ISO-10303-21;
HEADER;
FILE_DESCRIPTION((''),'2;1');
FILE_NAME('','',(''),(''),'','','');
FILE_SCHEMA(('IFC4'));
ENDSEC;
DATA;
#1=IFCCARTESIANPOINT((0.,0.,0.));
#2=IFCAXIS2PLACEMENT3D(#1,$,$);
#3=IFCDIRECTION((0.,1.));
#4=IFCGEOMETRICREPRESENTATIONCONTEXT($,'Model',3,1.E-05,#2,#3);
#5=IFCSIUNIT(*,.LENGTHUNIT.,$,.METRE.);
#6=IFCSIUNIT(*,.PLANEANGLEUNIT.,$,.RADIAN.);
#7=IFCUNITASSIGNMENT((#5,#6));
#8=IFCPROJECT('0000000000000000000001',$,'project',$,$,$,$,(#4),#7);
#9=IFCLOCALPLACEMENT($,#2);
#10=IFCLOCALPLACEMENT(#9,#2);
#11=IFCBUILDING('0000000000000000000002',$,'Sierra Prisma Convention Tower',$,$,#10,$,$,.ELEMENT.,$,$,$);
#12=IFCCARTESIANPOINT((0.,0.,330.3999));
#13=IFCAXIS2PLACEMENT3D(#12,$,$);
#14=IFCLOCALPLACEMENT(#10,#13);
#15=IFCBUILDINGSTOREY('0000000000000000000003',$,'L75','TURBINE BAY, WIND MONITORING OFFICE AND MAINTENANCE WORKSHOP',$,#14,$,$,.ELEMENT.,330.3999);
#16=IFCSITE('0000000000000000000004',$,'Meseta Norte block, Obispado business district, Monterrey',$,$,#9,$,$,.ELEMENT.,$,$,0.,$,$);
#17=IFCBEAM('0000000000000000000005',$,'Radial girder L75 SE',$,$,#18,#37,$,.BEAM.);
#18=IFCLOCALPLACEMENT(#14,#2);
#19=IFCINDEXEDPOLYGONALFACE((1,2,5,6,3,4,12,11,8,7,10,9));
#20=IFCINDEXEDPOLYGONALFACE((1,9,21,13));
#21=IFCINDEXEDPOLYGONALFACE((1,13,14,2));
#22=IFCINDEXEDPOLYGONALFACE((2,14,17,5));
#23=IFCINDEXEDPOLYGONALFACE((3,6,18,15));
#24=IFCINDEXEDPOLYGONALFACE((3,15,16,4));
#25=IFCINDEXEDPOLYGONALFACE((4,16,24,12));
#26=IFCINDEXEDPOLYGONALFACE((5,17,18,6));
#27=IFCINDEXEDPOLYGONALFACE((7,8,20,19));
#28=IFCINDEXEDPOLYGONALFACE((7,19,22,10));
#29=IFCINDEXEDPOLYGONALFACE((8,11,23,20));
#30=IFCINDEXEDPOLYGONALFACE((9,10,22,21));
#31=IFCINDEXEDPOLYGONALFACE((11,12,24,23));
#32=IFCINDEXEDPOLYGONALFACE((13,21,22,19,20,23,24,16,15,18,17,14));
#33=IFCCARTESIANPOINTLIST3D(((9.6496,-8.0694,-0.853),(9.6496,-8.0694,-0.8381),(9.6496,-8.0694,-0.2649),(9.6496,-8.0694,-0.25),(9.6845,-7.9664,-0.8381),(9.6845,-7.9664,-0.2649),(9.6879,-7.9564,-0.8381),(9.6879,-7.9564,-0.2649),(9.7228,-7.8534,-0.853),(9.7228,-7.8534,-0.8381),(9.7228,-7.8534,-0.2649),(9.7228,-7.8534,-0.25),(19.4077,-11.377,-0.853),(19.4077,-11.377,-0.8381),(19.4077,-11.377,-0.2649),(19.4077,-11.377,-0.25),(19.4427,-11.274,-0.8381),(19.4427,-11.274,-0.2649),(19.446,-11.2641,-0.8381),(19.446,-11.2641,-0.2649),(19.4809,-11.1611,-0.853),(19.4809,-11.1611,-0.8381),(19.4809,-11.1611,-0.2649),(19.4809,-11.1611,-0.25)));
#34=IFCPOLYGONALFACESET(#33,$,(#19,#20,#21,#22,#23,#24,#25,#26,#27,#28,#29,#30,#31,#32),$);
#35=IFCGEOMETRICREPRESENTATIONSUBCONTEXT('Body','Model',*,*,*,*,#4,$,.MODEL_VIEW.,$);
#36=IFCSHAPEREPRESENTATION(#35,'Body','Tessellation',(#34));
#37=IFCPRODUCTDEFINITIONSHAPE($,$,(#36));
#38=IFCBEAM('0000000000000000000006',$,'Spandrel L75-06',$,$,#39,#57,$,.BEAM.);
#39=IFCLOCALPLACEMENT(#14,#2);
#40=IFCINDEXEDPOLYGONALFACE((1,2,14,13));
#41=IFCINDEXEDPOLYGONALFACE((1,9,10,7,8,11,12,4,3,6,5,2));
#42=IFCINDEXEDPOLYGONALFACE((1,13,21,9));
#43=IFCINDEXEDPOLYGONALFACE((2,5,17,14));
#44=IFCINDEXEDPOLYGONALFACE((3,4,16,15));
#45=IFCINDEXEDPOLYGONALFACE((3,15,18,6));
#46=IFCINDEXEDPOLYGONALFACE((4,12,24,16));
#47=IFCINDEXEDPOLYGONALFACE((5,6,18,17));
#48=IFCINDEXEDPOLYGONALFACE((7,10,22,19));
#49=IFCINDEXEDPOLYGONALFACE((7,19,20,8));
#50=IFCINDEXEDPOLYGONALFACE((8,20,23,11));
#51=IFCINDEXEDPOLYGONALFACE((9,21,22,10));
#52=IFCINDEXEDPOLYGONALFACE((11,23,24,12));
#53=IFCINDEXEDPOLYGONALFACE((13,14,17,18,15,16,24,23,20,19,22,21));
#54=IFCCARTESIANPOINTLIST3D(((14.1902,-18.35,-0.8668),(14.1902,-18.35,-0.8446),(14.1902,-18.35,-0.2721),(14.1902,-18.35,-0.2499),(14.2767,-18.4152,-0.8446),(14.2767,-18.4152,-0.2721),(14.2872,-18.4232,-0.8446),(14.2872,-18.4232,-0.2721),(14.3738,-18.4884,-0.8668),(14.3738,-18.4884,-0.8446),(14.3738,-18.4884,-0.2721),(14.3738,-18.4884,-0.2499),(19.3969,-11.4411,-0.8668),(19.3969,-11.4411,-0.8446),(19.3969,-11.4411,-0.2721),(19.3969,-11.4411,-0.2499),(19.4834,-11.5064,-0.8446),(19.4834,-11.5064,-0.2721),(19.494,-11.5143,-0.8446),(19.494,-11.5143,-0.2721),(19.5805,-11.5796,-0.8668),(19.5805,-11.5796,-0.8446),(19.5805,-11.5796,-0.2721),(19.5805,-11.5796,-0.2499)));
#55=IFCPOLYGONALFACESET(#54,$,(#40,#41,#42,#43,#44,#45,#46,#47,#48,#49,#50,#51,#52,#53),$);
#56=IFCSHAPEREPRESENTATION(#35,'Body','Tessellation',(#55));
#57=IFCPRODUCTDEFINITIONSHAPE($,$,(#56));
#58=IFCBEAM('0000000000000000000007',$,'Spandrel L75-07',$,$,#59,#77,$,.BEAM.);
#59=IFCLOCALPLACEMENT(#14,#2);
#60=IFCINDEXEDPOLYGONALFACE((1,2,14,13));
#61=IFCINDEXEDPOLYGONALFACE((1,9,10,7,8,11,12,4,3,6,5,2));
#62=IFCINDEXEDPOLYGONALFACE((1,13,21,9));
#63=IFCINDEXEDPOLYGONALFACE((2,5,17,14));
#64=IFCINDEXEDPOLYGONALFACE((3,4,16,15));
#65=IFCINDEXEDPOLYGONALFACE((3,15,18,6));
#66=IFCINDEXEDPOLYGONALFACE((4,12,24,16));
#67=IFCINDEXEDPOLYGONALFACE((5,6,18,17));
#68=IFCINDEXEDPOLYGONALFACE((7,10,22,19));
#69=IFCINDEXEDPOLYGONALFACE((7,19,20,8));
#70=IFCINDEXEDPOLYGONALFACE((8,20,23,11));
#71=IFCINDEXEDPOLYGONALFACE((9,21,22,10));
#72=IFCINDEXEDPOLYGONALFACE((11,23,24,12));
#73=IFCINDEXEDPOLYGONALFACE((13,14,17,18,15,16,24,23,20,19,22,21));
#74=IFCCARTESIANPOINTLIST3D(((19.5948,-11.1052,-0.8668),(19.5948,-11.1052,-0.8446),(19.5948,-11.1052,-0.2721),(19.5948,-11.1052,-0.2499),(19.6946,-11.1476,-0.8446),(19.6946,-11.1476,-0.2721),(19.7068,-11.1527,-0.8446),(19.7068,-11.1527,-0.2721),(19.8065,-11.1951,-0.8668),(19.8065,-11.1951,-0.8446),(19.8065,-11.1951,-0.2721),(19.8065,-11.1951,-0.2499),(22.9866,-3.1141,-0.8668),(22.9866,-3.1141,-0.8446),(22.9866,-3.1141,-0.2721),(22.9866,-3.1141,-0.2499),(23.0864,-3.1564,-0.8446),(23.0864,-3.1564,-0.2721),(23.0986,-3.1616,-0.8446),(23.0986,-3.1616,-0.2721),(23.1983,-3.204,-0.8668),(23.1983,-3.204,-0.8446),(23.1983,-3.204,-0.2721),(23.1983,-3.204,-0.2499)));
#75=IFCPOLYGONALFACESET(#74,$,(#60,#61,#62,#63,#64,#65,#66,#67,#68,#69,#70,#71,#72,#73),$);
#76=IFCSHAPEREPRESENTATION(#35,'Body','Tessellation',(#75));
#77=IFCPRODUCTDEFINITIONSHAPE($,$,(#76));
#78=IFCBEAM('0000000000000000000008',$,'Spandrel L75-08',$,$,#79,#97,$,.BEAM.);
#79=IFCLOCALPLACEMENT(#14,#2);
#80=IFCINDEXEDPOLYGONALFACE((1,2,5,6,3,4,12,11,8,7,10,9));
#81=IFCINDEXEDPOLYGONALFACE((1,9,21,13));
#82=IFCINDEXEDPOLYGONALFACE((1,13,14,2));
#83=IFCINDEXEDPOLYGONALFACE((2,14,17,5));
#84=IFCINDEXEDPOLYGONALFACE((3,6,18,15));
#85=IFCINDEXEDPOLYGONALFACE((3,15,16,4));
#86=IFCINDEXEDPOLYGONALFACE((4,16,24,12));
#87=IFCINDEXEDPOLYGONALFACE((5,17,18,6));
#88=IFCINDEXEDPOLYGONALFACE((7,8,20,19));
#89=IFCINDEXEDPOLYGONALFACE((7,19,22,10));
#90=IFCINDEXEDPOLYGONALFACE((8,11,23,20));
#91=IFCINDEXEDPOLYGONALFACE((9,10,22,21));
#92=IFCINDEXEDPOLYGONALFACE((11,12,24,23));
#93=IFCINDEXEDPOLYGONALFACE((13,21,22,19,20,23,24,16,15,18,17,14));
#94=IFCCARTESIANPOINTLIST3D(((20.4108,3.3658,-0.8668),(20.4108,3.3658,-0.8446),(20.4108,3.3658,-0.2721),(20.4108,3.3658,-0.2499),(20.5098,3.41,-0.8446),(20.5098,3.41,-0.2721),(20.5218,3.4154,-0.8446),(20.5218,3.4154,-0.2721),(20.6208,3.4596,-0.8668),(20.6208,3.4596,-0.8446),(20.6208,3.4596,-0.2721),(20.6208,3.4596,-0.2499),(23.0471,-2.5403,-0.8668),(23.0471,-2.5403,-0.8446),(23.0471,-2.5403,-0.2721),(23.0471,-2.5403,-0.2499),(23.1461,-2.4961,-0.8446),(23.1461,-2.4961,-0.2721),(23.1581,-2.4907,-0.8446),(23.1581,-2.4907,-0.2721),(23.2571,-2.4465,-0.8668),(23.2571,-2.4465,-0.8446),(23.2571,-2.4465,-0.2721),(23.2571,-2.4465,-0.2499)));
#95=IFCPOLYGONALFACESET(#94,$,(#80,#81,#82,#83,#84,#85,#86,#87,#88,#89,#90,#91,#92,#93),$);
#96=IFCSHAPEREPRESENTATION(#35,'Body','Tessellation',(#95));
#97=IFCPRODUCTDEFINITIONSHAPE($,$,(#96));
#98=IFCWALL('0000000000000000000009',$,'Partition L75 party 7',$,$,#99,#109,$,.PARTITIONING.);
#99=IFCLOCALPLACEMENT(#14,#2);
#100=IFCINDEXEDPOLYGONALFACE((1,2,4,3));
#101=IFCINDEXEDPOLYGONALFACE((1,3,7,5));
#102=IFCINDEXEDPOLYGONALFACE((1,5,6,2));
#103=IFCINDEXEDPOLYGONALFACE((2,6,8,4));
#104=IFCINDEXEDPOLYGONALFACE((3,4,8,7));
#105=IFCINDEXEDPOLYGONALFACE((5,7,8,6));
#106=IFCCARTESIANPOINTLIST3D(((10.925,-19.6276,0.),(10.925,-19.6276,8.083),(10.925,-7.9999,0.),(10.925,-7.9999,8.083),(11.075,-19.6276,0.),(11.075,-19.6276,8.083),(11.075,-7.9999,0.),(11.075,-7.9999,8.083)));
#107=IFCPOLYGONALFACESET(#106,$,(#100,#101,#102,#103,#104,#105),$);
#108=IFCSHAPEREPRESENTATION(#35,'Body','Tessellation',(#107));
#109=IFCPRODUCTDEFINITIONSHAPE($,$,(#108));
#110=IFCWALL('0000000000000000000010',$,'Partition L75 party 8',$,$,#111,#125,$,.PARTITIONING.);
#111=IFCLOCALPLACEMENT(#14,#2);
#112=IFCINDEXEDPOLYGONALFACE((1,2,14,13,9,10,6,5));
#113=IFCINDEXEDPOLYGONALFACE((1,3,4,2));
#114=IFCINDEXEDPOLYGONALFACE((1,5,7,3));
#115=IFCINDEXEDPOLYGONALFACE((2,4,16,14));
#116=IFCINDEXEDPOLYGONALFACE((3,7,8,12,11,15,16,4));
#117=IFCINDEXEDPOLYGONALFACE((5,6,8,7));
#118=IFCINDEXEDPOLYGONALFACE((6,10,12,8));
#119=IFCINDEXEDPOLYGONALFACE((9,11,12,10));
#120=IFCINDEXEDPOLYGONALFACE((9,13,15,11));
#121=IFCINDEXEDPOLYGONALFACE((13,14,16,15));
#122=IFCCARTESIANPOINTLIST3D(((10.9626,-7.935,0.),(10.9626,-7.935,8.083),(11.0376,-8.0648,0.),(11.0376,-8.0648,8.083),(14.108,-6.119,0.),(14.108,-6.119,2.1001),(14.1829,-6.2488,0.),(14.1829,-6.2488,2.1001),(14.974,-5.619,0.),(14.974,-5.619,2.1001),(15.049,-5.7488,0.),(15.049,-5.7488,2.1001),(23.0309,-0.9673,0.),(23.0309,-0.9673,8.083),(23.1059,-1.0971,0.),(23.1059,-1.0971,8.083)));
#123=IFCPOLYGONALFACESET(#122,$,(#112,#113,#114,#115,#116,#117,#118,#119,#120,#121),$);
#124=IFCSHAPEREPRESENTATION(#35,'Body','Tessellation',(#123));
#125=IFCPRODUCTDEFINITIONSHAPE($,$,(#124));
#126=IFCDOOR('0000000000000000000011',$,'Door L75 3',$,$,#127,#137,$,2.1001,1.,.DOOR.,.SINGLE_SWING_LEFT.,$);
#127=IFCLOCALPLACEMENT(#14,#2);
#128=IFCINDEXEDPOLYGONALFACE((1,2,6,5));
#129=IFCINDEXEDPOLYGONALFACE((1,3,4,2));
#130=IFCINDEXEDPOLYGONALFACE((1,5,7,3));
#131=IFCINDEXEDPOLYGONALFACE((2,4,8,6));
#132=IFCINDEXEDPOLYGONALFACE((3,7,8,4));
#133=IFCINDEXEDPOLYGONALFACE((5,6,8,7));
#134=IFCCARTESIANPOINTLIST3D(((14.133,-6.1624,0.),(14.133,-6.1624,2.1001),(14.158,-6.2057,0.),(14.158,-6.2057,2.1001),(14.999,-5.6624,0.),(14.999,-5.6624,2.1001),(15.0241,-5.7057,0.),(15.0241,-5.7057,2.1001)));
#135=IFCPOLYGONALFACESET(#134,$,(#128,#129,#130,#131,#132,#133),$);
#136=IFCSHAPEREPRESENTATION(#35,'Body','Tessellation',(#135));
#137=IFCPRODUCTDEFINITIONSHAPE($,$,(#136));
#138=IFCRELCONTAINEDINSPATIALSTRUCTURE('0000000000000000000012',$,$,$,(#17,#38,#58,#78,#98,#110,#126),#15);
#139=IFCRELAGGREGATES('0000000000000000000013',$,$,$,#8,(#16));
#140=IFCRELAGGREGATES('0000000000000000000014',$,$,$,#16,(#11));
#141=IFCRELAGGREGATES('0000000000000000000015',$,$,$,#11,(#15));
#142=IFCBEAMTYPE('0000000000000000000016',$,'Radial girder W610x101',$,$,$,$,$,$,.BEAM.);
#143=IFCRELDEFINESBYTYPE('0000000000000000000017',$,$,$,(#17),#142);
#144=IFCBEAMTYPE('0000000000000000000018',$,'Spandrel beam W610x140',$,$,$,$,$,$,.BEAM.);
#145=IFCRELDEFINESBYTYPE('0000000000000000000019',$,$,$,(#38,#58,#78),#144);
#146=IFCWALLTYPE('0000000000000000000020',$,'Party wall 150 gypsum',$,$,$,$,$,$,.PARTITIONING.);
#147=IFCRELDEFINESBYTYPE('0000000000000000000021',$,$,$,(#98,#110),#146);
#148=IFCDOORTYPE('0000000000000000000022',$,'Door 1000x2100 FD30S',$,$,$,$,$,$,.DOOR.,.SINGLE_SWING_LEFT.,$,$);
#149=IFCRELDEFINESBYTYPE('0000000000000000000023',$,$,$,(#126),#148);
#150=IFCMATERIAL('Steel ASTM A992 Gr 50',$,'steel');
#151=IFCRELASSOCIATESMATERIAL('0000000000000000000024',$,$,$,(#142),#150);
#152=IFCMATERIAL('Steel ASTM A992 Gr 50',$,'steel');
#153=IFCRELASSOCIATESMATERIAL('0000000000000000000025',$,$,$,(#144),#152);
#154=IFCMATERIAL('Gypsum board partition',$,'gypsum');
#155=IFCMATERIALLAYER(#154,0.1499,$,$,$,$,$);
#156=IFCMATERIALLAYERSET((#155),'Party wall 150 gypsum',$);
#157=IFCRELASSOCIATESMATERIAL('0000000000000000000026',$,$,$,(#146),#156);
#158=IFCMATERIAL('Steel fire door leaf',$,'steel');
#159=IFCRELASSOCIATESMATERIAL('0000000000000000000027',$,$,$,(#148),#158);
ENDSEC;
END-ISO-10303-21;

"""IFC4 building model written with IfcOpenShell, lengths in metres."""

from ifc_helpers import new_model, si_unit, direction, frame, frame_2d, origin, origin_2d, place, context, subcontext, project, spatial, rectangle, i_section, extrude, material, layer, layer_set, material_profile, profile_set, type_object, element, fill, save


model = new_model("IFC4")

# Units and contexts
model_context = context("Model", 3, precision=1e-05, world=origin(), true_north=direction((0.0, 1.0)))
body_context = subcontext(model_context, "Body", "Model", "MODEL_VIEW")
ifc_project = project(units=[si_unit("LENGTHUNIT", "METRE"), si_unit("PLANEANGLEUNIT", "RADIAN")], contexts=[model_context])

# Site, building, storey
site_placement = place(None, origin())
site = spatial("IfcSite", under=ifc_project, at=site_placement, Name="Meseta Norte block, Obispado business district, Monterrey", CompositionType="ELEMENT", RefElevation=0.0)
building_placement = place(site_placement, origin())
building = spatial("IfcBuilding", under=site, at=building_placement, Name="Sierra Prisma Convention Tower", CompositionType="ELEMENT")
storey_placement = place(building_placement, frame((0.0, 0.0, 330.3999)))
storey = spatial("IfcBuildingStorey", under=building, at=storey_placement, Name="L75", Description="TURBINE BAY, WIND MONITORING OFFICE AND MAINTENANCE WORKSHOP", CompositionType="ELEMENT", Elevation=330.3999)

# Beams
ifc_material_1 = material(Name="Steel ASTM A992 Gr 50", Category="steel")
ifc_material_profile_1 = material_profile(ifc_material_1, i_section(OverallWidth=0.228, OverallDepth=0.603, WebThickness=0.0105, FlangeThickness=0.0149, at=origin_2d()), Name="W610x101")
ifc_profile_set_1 = profile_set([ifc_material_profile_1], Name="Steel ASTM A992 Gr 50")
beam_type_1 = type_object("IfcBeamType", Name="Radial girder W610x101", PredefinedType="BEAM", material=ifc_profile_set_1)
beam_1_placement = place(storey_placement, frame((19.4443, -11.269, -0.5515), z_axis=(-0.947072, 0.321022, 0.0), x_axis=(-0.321022, -0.947072, 0.0)))
element("IfcBeam", 1, at=beam_1_placement, inside=storey, type_object=beam_type_1, Name="Radial girder L75 SE", PredefinedType="BEAM", context=body_context, shape_type="SweptSolid", body=[
    extrude(i_section(OverallWidth=0.228, OverallDepth=0.603, WebThickness=0.0105, FlangeThickness=0.0149, at=origin_2d()), origin(), (0.0, 0.0, 1.0), 10.3035),
])
ifc_material_2 = material(Name="Steel ASTM A992 Gr 50", Category="steel")
ifc_material_profile_2 = material_profile(ifc_material_2, i_section(OverallWidth=0.23, OverallDepth=0.6169, WebThickness=0.0132, FlangeThickness=0.0222, at=origin_2d()), Name="W610x140")
ifc_profile_set_2 = profile_set([ifc_material_profile_2], Name="Steel ASTM A992 Gr 50")
beam_type_2 = type_object("IfcBeamType", Name="Spandrel beam W610x140", PredefinedType="BEAM", material=ifc_profile_set_2)
beam_2_placement = place(storey_placement, frame((14.282, -18.4192, -0.5583), z_axis=(0.601854, 0.798606, 0.0), x_axis=(-0.798606, 0.601854, 0.0)))
element("IfcBeam", 2, at=beam_2_placement, inside=storey, type_object=beam_type_2, Name="Spandrel L75-06", PredefinedType="BEAM", context=body_context, shape_type="SweptSolid", body=[
    extrude(i_section(OverallWidth=0.23, OverallDepth=0.6169, WebThickness=0.0132, FlangeThickness=0.0222, at=origin_2d()), origin(), (0.0, 0.0, 1.0), 8.6511),
])
beam_3_placement = place(storey_placement, frame((19.7007, -11.1501, -0.5583), z_axis=(0.390709, 0.920514, 0.0), x_axis=(-0.920514, 0.390709, 0.0)))
element("IfcBeam", 3, at=beam_3_placement, inside=storey, type_object=beam_type_2, Name="Spandrel L75-07", PredefinedType="BEAM", context=body_context, shape_type="SweptSolid", body=[
    extrude(i_section(OverallWidth=0.23, OverallDepth=0.6169, WebThickness=0.0132, FlangeThickness=0.0222, at=origin_2d()), origin(), (0.0, 0.0, 1.0), 8.6812),
])
beam_4_placement = place(storey_placement, frame((23.1521, -2.4934, -0.5583), z_axis=(-0.407602, 0.91316, 0.0), x_axis=(-0.91316, -0.407602, 0.0)))
element("IfcBeam", 4, at=beam_4_placement, inside=storey, type_object=beam_type_2, Name="Spandrel L75-08", PredefinedType="BEAM", context=body_context, shape_type="SweptSolid", body=[
    extrude(i_section(OverallWidth=0.23, OverallDepth=0.6169, WebThickness=0.0132, FlangeThickness=0.0222, at=origin_2d()), origin(), (0.0, 0.0, 1.0), 6.4678),
])

# Wall
ifc_material_3 = material(Name="Gypsum board partition", Category="gypsum")
ifc_layer = layer(ifc_material_3, 0.1499)
ifc_layer_set = layer_set([ifc_layer], Name="Party wall 150 gypsum")
wall_type = type_object("IfcWallType", Name="Party wall 150 gypsum", PredefinedType="PARTITIONING", material=ifc_layer_set)
wall_1_placement = place(storey_placement, frame((11.0, -19.6277, 0.0), z_axis=(0.0, 0.0, 1.0), x_axis=(0.0, 1.0, 0.0)))
element("IfcWall", 5, at=wall_1_placement, inside=storey, type_object=wall_type, Name="Partition L75 party 7", PredefinedType="PARTITIONING", context=body_context, shape_type="SweptSolid", body=[
    extrude(rectangle(XDim=11.6277, YDim=0.1499, at=frame_2d((5.814, 0.0))), origin(), (0.0, 0.0, 1.0), 8.083),
])

# Wall, opening, door
wall_2_placement = place(storey_placement, frame((11.0, -8.0, 0.0), z_axis=(0.0, 0.0, 1.0), x_axis=(0.866022, 0.500006, 0.0)))
wall_2 = element("IfcWall", 6, at=wall_2_placement, inside=storey, type_object=wall_type, Name="Partition L75 party 8", PredefinedType="PARTITIONING", context=body_context, shape_type="SweptSolid", body=[
    extrude(rectangle(XDim=13.9353, YDim=0.1499, at=frame_2d((6.9678, 0.0))), origin(), (0.0, 0.0, 1.0), 8.083),
])
opening_placement = place(wall_2_placement, frame((3.6321, 0.0, 0.0)))
opening = element("IfcOpeningElement", 7, at=opening_placement, cuts=wall_2, PredefinedType="OPENING", context=body_context, shape_type="SweptSolid", body=[
    extrude(rectangle(XDim=1.0, YDim=2.1001, at=frame_2d((0.5, 1.05))), frame((0.0, 0.075, 0.0), z_axis=(0.0, -1.0, 0.0), x_axis=(1.0, 0.0, 0.0)), (0.0, 0.0, 1.0), 0.1499),
])
ifc_material_4 = material(Name="Steel fire door leaf", Category="steel")
door_type = type_object("IfcDoorType", Name="Door 1000x2100 FD30S", OperationType="SINGLE_SWING_LEFT", PredefinedType="DOOR", material=ifc_material_4)
door_placement = place(opening_placement, origin())
door = element("IfcDoor", 8, at=door_placement, inside=storey, type_object=door_type, Name="Door L75 3", OperationType="SINGLE_SWING_LEFT", OverallHeight=2.1001, OverallWidth=1.0, PredefinedType="DOOR", context=body_context, shape_type="SweptSolid", body=[
    extrude(rectangle(XDim=1.0, YDim=2.1001, at=frame_2d((0.5, 1.05))), frame((0.0, 0.0249, 0.0), z_axis=(0.0, -1.0, 0.0), x_axis=(1.0, 0.0, 0.0)), (0.0, 0.0, 1.0), 0.05),
])
fill(opening, door)

save(model, "model.ifc")
